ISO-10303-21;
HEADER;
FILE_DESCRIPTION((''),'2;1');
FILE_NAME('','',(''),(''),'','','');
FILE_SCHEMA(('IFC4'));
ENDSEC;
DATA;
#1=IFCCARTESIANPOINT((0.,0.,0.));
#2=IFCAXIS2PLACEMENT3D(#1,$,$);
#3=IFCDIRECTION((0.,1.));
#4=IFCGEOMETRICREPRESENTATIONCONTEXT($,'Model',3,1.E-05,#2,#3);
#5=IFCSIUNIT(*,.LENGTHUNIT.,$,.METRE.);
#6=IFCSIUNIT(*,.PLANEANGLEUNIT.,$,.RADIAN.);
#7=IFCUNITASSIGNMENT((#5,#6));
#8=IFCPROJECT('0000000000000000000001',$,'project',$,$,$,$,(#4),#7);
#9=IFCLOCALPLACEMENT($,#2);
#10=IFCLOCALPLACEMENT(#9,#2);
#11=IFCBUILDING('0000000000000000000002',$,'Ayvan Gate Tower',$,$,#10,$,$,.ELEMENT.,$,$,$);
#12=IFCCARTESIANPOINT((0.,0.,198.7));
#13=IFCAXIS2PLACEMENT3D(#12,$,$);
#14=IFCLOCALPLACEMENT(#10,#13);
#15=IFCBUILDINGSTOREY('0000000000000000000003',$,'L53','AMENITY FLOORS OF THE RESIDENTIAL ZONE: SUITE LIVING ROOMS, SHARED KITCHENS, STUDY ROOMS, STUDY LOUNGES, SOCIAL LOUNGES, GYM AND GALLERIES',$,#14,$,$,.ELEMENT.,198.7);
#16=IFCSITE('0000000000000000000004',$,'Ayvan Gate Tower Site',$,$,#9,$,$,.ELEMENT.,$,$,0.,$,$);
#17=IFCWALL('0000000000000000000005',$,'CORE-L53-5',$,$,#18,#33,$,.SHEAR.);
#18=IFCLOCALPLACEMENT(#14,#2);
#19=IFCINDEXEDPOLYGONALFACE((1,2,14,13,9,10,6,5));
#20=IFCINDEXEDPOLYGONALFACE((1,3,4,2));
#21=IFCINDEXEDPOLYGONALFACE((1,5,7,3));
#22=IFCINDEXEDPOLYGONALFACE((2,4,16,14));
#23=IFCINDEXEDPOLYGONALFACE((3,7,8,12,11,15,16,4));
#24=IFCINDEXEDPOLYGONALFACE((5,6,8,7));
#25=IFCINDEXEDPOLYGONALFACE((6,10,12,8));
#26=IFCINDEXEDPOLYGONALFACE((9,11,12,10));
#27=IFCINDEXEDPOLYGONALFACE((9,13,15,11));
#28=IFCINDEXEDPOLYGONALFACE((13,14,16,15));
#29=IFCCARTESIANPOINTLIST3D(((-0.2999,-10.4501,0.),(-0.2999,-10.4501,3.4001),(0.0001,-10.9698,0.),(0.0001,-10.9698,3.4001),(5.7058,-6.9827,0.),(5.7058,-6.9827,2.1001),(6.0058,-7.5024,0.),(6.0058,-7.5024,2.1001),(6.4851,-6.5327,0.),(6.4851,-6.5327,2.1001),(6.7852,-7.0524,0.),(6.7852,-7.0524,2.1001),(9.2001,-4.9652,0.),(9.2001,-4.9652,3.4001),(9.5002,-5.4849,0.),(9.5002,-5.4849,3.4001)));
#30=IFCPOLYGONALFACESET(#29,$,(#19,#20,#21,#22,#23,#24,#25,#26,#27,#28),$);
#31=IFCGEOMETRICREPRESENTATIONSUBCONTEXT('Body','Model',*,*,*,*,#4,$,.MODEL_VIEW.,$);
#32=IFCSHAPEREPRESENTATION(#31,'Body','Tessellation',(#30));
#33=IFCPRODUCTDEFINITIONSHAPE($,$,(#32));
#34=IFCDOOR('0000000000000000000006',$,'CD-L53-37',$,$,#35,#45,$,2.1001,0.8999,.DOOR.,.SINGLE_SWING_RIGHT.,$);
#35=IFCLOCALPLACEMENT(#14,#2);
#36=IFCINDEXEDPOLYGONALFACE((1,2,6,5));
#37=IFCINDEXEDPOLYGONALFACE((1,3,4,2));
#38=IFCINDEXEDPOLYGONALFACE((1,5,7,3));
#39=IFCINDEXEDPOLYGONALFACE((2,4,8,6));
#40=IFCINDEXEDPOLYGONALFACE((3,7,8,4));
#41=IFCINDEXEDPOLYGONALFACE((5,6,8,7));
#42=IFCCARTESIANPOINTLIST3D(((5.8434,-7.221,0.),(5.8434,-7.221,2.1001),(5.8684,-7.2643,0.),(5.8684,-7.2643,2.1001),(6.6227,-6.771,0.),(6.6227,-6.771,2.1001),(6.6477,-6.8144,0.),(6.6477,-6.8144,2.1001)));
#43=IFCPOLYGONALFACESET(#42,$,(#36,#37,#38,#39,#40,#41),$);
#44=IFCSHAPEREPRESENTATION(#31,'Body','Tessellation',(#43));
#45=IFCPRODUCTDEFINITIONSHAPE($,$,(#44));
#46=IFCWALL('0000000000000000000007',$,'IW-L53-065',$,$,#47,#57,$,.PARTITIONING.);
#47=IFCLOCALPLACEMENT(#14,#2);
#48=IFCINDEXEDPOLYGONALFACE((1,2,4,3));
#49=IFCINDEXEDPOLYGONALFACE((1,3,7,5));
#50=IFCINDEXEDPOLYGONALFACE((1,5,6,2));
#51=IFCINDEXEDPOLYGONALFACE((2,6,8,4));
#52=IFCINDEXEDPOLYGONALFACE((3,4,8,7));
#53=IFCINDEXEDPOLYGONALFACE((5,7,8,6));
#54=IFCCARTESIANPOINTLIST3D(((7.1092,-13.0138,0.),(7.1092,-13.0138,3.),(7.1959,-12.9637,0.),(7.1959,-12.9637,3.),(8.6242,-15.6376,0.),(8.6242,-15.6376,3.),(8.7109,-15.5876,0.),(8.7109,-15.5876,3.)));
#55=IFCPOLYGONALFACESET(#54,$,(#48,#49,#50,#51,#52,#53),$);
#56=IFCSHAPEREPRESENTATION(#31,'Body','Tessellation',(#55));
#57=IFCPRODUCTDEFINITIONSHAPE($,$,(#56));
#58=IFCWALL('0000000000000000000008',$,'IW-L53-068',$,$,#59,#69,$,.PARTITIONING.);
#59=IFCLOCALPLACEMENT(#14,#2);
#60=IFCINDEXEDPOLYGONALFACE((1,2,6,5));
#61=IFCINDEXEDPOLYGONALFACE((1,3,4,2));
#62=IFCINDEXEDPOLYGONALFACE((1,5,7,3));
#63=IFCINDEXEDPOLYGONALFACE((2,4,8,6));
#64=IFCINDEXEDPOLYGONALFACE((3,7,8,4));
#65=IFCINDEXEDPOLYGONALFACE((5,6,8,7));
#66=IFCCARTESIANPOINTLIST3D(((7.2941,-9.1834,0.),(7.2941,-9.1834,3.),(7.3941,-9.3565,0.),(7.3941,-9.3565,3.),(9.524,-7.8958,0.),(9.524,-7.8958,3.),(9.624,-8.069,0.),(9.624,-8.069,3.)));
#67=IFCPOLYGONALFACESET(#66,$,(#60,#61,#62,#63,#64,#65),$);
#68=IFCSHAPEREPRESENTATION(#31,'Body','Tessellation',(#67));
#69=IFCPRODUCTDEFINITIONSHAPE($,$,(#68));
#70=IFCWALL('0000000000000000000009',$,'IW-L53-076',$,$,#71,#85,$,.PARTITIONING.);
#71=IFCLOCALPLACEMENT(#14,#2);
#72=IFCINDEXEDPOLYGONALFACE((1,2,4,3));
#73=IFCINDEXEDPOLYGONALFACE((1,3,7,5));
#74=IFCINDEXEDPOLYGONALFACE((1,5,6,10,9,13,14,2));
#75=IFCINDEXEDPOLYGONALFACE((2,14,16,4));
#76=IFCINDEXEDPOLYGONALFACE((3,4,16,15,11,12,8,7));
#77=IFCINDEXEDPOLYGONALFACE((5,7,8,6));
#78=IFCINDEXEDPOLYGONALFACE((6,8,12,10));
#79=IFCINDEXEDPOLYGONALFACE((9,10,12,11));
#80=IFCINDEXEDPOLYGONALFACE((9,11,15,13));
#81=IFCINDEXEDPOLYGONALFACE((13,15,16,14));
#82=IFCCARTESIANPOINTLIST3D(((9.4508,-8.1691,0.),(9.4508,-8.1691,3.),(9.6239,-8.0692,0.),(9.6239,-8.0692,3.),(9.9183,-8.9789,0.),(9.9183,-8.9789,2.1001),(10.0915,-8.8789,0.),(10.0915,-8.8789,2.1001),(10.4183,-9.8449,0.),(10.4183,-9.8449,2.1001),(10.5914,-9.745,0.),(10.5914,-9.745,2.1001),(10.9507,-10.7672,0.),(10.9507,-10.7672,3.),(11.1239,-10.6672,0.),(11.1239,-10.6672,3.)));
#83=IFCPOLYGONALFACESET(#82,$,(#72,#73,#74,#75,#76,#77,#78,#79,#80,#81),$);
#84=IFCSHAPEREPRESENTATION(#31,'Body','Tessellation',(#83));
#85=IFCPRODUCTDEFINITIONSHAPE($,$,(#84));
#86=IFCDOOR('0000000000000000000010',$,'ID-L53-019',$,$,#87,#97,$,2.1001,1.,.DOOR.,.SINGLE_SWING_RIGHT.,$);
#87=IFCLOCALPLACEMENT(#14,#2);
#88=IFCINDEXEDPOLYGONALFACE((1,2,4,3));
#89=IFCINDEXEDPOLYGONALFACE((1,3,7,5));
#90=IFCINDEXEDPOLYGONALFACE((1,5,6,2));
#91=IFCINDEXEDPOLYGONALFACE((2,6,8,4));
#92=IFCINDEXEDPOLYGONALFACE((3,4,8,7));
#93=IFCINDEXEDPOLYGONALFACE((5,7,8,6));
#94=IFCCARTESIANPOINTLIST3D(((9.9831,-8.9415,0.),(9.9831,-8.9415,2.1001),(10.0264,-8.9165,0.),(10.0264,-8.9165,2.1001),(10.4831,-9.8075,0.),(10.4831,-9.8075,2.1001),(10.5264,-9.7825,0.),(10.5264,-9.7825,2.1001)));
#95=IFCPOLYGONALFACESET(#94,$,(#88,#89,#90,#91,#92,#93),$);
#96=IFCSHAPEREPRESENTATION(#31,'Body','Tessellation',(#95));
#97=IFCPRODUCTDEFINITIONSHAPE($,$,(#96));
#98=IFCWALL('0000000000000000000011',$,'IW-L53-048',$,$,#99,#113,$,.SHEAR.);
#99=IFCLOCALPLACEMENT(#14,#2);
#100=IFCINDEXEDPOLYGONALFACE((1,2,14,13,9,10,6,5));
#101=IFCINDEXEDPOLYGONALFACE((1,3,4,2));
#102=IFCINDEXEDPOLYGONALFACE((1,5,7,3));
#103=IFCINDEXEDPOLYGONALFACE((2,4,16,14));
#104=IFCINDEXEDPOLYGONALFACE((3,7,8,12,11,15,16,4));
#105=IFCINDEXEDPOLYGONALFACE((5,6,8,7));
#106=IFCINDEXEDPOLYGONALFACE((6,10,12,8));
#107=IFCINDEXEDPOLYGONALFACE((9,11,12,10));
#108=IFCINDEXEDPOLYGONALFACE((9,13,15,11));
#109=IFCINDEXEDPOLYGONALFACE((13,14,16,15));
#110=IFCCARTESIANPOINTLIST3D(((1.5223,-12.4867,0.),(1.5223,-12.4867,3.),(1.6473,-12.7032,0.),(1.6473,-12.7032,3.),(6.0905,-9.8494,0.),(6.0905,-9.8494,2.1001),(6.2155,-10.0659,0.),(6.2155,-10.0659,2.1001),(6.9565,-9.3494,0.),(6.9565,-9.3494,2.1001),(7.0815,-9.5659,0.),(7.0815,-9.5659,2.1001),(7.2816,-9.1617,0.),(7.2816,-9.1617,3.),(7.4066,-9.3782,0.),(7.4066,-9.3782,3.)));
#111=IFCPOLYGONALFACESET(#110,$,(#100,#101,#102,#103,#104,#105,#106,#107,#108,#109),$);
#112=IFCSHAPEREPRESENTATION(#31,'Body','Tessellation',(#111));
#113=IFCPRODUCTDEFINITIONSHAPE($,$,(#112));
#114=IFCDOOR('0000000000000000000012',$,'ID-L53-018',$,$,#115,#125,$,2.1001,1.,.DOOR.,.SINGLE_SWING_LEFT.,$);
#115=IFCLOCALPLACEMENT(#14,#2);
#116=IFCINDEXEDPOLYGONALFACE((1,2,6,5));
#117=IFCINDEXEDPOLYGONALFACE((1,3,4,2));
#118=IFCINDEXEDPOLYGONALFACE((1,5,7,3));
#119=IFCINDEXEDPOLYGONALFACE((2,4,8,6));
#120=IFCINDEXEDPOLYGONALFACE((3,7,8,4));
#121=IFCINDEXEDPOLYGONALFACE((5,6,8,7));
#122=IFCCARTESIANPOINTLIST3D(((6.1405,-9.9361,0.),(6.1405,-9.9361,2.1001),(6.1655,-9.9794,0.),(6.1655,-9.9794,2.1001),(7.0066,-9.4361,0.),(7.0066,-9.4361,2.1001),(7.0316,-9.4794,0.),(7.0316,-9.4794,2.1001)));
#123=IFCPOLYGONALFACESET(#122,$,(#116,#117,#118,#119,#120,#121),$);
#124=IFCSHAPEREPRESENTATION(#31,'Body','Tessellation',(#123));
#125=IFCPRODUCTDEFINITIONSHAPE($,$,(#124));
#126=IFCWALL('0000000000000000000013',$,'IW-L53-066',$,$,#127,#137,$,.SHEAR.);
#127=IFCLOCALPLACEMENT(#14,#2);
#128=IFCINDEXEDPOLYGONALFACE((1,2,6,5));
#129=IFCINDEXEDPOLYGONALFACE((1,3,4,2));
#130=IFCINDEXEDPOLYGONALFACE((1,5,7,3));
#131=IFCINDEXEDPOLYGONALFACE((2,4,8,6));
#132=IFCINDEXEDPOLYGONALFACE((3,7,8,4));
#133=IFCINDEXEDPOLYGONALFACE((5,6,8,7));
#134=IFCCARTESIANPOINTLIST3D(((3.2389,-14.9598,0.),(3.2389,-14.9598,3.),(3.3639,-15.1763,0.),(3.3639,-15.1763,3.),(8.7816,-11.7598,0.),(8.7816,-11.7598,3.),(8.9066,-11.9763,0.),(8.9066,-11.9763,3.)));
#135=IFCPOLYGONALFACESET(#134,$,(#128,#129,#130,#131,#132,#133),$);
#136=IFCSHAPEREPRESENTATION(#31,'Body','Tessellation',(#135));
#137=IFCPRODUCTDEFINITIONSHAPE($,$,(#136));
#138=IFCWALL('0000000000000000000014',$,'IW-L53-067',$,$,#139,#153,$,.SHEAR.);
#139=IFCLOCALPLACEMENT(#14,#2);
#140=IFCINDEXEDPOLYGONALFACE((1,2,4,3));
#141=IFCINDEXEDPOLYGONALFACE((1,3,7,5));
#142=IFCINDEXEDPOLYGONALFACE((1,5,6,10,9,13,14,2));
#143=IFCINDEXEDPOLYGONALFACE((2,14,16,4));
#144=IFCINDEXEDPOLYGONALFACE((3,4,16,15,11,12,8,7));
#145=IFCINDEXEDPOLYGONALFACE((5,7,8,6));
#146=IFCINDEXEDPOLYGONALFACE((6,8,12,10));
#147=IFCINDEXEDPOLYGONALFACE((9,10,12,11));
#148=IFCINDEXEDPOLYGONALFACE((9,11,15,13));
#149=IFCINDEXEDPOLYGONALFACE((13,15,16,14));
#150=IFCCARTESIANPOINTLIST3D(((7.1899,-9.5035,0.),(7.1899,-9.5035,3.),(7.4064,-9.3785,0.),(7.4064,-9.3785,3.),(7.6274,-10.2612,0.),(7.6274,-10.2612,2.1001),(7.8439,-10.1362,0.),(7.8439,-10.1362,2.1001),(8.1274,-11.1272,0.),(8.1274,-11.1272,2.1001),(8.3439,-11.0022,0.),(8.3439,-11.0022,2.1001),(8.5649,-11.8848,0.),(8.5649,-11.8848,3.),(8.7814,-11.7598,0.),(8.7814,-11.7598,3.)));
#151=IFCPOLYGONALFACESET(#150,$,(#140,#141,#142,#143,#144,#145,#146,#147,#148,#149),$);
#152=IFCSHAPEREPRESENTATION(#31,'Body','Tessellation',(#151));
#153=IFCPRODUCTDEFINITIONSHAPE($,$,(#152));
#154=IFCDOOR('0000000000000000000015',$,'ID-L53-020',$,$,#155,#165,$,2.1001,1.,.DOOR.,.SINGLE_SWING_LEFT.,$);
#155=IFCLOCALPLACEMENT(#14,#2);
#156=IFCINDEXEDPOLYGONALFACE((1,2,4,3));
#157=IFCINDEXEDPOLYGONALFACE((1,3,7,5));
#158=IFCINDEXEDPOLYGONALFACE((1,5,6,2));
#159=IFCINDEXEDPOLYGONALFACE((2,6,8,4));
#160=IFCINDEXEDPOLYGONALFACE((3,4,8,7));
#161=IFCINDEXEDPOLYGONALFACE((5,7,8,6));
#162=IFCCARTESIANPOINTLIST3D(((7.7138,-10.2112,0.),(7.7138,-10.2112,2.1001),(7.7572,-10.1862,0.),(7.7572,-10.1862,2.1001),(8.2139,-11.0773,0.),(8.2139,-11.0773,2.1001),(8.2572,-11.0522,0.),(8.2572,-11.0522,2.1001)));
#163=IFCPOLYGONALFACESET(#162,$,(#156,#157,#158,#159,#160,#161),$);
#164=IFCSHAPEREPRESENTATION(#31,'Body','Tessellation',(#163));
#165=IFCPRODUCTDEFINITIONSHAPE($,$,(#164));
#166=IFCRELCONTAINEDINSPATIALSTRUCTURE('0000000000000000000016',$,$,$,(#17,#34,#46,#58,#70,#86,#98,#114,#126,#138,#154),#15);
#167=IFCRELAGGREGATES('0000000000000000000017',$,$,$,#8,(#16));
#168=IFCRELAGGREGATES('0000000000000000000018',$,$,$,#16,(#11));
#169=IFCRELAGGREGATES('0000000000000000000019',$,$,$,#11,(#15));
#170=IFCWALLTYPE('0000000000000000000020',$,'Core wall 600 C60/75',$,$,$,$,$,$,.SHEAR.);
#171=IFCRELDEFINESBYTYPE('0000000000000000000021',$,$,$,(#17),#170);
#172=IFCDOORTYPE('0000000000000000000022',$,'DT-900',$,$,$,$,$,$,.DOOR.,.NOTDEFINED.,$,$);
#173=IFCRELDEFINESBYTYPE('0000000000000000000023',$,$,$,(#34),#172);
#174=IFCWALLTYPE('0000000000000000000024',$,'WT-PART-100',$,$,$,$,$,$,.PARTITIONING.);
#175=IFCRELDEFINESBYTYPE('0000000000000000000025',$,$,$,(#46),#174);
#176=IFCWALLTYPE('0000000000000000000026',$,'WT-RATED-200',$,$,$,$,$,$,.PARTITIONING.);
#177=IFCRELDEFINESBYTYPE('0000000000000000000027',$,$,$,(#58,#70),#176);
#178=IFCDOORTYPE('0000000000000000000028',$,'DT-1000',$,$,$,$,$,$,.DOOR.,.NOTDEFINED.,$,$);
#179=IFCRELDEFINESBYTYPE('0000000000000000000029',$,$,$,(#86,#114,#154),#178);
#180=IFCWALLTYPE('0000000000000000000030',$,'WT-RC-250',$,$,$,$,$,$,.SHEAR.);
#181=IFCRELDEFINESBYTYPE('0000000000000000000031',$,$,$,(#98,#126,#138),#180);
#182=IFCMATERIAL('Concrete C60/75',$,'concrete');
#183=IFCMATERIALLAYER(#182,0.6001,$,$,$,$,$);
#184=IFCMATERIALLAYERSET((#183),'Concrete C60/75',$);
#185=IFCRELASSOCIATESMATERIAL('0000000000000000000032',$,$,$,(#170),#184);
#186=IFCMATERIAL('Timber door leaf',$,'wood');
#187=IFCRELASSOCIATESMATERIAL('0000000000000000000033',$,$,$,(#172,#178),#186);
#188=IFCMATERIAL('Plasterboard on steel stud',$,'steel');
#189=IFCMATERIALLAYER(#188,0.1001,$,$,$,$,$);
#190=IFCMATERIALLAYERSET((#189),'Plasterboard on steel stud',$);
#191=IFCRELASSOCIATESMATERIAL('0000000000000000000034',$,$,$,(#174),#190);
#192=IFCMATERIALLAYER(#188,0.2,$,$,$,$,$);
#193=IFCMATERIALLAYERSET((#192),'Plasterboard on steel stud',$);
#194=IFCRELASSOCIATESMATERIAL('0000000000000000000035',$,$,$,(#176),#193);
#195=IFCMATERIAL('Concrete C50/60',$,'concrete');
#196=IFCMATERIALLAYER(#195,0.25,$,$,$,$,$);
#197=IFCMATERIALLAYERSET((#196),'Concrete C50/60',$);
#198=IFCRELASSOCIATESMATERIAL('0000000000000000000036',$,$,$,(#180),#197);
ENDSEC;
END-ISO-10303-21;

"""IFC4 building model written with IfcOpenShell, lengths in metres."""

from ifc_helpers import new_model, si_unit, direction, frame, frame_2d, origin, place, context, subcontext, project, spatial, rectangle, extrude, material, layer, layer_set, type_object, element, fill, save


model = new_model("IFC4")

# Units and contexts
model_context = context("Model", 3, precision=1e-05, world=origin(), true_north=direction((0.0, 1.0)))
body_context = subcontext(model_context, "Body", "Model", "MODEL_VIEW")
ifc_project = project(units=[si_unit("LENGTHUNIT", "METRE"), si_unit("PLANEANGLEUNIT", "RADIAN")], contexts=[model_context])

# Site, building, storey
site_placement = place(None, origin())
site = spatial("IfcSite", under=ifc_project, at=site_placement, Name="Ayvan Gate Tower Site", CompositionType="ELEMENT", RefElevation=0.0)
building_placement = place(site_placement, origin())
building = spatial("IfcBuilding", under=site, at=building_placement, Name="Ayvan Gate Tower", CompositionType="ELEMENT")
storey_placement = place(building_placement, frame((0.0, 0.0, 198.7)))
storey = spatial("IfcBuildingStorey", under=building, at=storey_placement, Name="L53", Description="AMENITY FLOORS OF THE RESIDENTIAL ZONE: SUITE LIVING ROOMS, SHARED KITCHENS, STUDY ROOMS, STUDY LOUNGES, SOCIAL LOUNGES, GYM AND GALLERIES", CompositionType="ELEMENT", Elevation=198.7)

# Wall, opening, door
ifc_material_1 = material(Name="Concrete C60/75", Category="concrete")
ifc_layer_1 = layer(ifc_material_1, 0.6001)
ifc_layer_set_1 = layer_set([ifc_layer_1], Name="Concrete C60/75")
wall_type_1 = type_object("IfcWallType", Name="Core wall 600 C60/75", PredefinedType="SHEAR", material=ifc_layer_set_1)
wall_1_placement = place(storey_placement, frame((-0.1499, -10.71, 0.0), z_axis=(0.0, 0.0, 1.0), x_axis=(0.866024, 0.500002, 0.0)))
wall_1 = element("IfcWall", 1, at=wall_1_placement, inside=storey, type_object=wall_type_1, Name="CORE-L53-5", PredefinedType="SHEAR", context=body_context, shape_type="SweptSolid", body=[
    extrude(rectangle(XDim=10.9697, YDim=0.6001, at=frame_2d((5.4849, 0.0))), origin(), (0.0, 0.0, 1.0), 3.4001),
])
opening_1_placement = place(wall_1_placement, frame((6.9348, 0.0, 0.0)))
opening_1 = element("IfcOpeningElement", 2, at=opening_1_placement, cuts=wall_1, PredefinedType="OPENING", context=body_context, shape_type="SweptSolid", body=[
    extrude(rectangle(XDim=0.8999, YDim=2.1001, at=frame_2d((0.45, 1.05))), frame((0.0, 0.3101, 0.0), z_axis=(0.0, -1.0, 0.0), x_axis=(1.0, 0.0, 0.0)), (0.0, 0.0, 1.0), 0.6201),
])
ifc_material_2 = material(Name="Timber door leaf", Category="wood")
door_type_1 = type_object("IfcDoorType", Name="DT-900", OperationType="NOTDEFINED", PredefinedType="DOOR", material=ifc_material_2)
door_1_placement = place(opening_1_placement, origin())
door_1 = element("IfcDoor", 3, at=door_1_placement, inside=storey, type_object=door_type_1, Name="CD-L53-37", OperationType="SINGLE_SWING_RIGHT", OverallHeight=2.1001, OverallWidth=0.8999, PredefinedType="DOOR", context=body_context, shape_type="SweptSolid", body=[
    extrude(rectangle(XDim=0.8999, YDim=2.1001, at=frame_2d((0.45, 1.05))), frame((0.0, 0.0249, 0.0), z_axis=(0.0, -1.0, 0.0), x_axis=(1.0, 0.0, 0.0)), (0.0, 0.0, 1.0), 0.05),
])
fill(opening_1, door_1)

# Walls
ifc_material_3 = material(Name="Plasterboard on steel stud", Category="steel")
ifc_layer_2 = layer(ifc_material_3, 0.1001)
ifc_layer_set_2 = layer_set([ifc_layer_2], Name="Plasterboard on steel stud")
wall_type_2 = type_object("IfcWallType", Name="WT-PART-100", PredefinedType="PARTITIONING", material=ifc_layer_set_2)
wall_2_placement = place(storey_placement, frame((7.1526, -12.9888, 0.0), z_axis=(0.0, 0.0, 1.0), x_axis=(0.500013, -0.866018, 0.0)))
element("IfcWall", 4, at=wall_2_placement, inside=storey, type_object=wall_type_2, Name="IW-L53-065", PredefinedType="PARTITIONING", context=body_context, shape_type="SweptSolid", body=[
    extrude(rectangle(XDim=3.0298, YDim=0.1001, at=frame_2d((1.5149, 0.0))), origin(), (0.0, 0.0, 1.0), 3.0),
])
ifc_layer_3 = layer(ifc_material_3, 0.2)
ifc_layer_set_3 = layer_set([ifc_layer_3], Name="Plasterboard on steel stud")
wall_type_3 = type_object("IfcWallType", Name="WT-RATED-200", PredefinedType="PARTITIONING", material=ifc_layer_set_3)
wall_3_placement = place(storey_placement, frame((7.344, -9.27, 0.0), z_axis=(0.0, 0.0, 1.0), x_axis=(0.866006, 0.500034, 0.0)))
element("IfcWall", 5, at=wall_3_placement, inside=storey, type_object=wall_type_3, Name="IW-L53-068", PredefinedType="PARTITIONING", context=body_context, shape_type="SweptSolid", body=[
    extrude(rectangle(XDim=2.575, YDim=0.2, at=frame_2d((1.2876, 0.0))), origin(), (0.0, 0.0, 1.0), 3.0),
])

# Walls, openings, doors
wall_4_placement = place(storey_placement, frame((9.5374, -8.1191, 0.0), z_axis=(0.0, 0.0, 1.0), x_axis=(0.49999, -0.866031, 0.0)))
wall_4 = element("IfcWall", 6, at=wall_4_placement, inside=storey, type_object=wall_type_3, Name="IW-L53-076", PredefinedType="PARTITIONING", context=body_context, shape_type="SweptSolid", body=[
    extrude(rectangle(XDim=3.0, YDim=0.2, at=frame_2d((1.5, 0.0))), origin(), (0.0, 0.0, 1.0), 3.0),
])
opening_2_placement = place(wall_4_placement, frame((0.9351, 0.0, 0.0)))
opening_2 = element("IfcOpeningElement", 7, at=opening_2_placement, cuts=wall_4, PredefinedType="OPENING", context=body_context, shape_type="SweptSolid", body=[
    extrude(rectangle(XDim=1.0, YDim=2.1001, at=frame_2d((0.5, 1.05))), frame((0.0, 0.1099, 0.0), z_axis=(0.0, -1.0, 0.0), x_axis=(1.0, 0.0, 0.0)), (0.0, 0.0, 1.0), 0.22),
])
door_type_2 = type_object("IfcDoorType", Name="DT-1000", OperationType="NOTDEFINED", PredefinedType="DOOR", material=ifc_material_2)
door_2_placement = place(opening_2_placement, origin())
door_2 = element("IfcDoor", 8, at=door_2_placement, inside=storey, type_object=door_type_2, Name="ID-L53-019", OperationType="SINGLE_SWING_RIGHT", OverallHeight=2.1001, OverallWidth=1.0, PredefinedType="DOOR", context=body_context, shape_type="SweptSolid", body=[
    extrude(rectangle(XDim=1.0, YDim=2.1001, at=frame_2d((0.5, 1.05))), frame((0.0, 0.0249, 0.0), z_axis=(0.0, -1.0, 0.0), x_axis=(1.0, 0.0, 0.0)), (0.0, 0.0, 1.0), 0.05),
])
fill(opening_2, door_2)
ifc_material_4 = material(Name="Concrete C50/60", Category="concrete")
ifc_layer_4 = layer(ifc_material_4, 0.25)
ifc_layer_set_4 = layer_set([ifc_layer_4], Name="Concrete C50/60")
wall_type_4 = type_object("IfcWallType", Name="WT-RC-250", PredefinedType="SHEAR", material=ifc_layer_set_4)
wall_5_placement = place(storey_placement, frame((1.5847, -12.595, 0.0), z_axis=(0.0, 0.0, 1.0), x_axis=(0.866036, 0.499981, 0.0)))
wall_5 = element("IfcWall", 9, at=wall_5_placement, inside=storey, type_object=wall_type_4, Name="IW-L53-048", PredefinedType="SHEAR", context=body_context, shape_type="SweptSolid", body=[
    extrude(rectangle(XDim=6.6501, YDim=0.25, at=frame_2d((3.3252, 0.0))), origin(), (0.0, 0.0, 1.0), 3.0),
])
opening_3_placement = place(wall_5_placement, frame((5.2749, 0.0, 0.0)))
opening_3 = element("IfcOpeningElement", 10, at=opening_3_placement, cuts=wall_5, PredefinedType="OPENING", context=body_context, shape_type="SweptSolid", body=[
    extrude(rectangle(XDim=1.0, YDim=2.1001, at=frame_2d((0.5, 1.05))), frame((0.0, 0.135, 0.0), z_axis=(0.0, -1.0, 0.0), x_axis=(1.0, 0.0, 0.0)), (0.0, 0.0, 1.0), 0.27),
])
door_3_placement = place(opening_3_placement, origin())
door_3 = element("IfcDoor", 11, at=door_3_placement, inside=storey, type_object=door_type_2, Name="ID-L53-018", OperationType="SINGLE_SWING_LEFT", OverallHeight=2.1001, OverallWidth=1.0, PredefinedType="DOOR", context=body_context, shape_type="SweptSolid", body=[
    extrude(rectangle(XDim=1.0, YDim=2.1001, at=frame_2d((0.5, 1.05))), frame((0.0, 0.0249, 0.0), z_axis=(0.0, -1.0, 0.0), x_axis=(1.0, 0.0, 0.0)), (0.0, 0.0, 1.0), 0.05),
])
fill(opening_3, door_3)

# Wall
wall_6_placement = place(storey_placement, frame((3.3013, -15.0681, 0.0), z_axis=(0.0, 0.0, 1.0), x_axis=(0.866035, 0.499983, 0.0)))
element("IfcWall", 12, at=wall_6_placement, inside=storey, type_object=wall_type_4, Name="IW-L53-066", PredefinedType="SHEAR", context=body_context, shape_type="SweptSolid", body=[
    extrude(rectangle(XDim=6.4001, YDim=0.25, at=frame_2d((3.2002, 0.0))), origin(), (0.0, 0.0, 1.0), 3.0),
])

# Wall, opening, door
wall_7_placement = place(storey_placement, frame((7.2981, -9.4409, 0.0), z_axis=(0.0, 0.0, 1.0), x_axis=(0.500035, -0.866005, 0.0)))
wall_7 = element("IfcWall", 13, at=wall_7_placement, inside=storey, type_object=wall_type_4, Name="IW-L53-067", PredefinedType="SHEAR", context=body_context, shape_type="SweptSolid", body=[
    extrude(rectangle(XDim=2.7498, YDim=0.25, at=frame_2d((1.375, 0.0))), origin(), (0.0, 0.0, 1.0), 3.0),
])
opening_4_placement = place(wall_7_placement, frame((0.875, 0.0, 0.0)))
opening_4 = element("IfcOpeningElement", 14, at=opening_4_placement, cuts=wall_7, PredefinedType="OPENING", context=body_context, shape_type="SweptSolid", body=[
    extrude(rectangle(XDim=1.0, YDim=2.1001, at=frame_2d((0.5, 1.05))), frame((0.0, 0.135, 0.0), z_axis=(0.0, -1.0, 0.0), x_axis=(1.0, 0.0, 0.0)), (0.0, 0.0, 1.0), 0.27),
])
door_4_placement = place(opening_4_placement, origin())
door_4 = element("IfcDoor", 15, at=door_4_placement, inside=storey, type_object=door_type_2, Name="ID-L53-020", OperationType="SINGLE_SWING_LEFT", OverallHeight=2.1001, OverallWidth=1.0, PredefinedType="DOOR", context=body_context, shape_type="SweptSolid", body=[
    extrude(rectangle(XDim=1.0, YDim=2.1001, at=frame_2d((0.5, 1.05))), frame((0.0, 0.0249, 0.0), z_axis=(0.0, -1.0, 0.0), x_axis=(1.0, 0.0, 0.0)), (0.0, 0.0, 1.0), 0.05),
])
fill(opening_4, door_4)

save(model, "model.ifc")
